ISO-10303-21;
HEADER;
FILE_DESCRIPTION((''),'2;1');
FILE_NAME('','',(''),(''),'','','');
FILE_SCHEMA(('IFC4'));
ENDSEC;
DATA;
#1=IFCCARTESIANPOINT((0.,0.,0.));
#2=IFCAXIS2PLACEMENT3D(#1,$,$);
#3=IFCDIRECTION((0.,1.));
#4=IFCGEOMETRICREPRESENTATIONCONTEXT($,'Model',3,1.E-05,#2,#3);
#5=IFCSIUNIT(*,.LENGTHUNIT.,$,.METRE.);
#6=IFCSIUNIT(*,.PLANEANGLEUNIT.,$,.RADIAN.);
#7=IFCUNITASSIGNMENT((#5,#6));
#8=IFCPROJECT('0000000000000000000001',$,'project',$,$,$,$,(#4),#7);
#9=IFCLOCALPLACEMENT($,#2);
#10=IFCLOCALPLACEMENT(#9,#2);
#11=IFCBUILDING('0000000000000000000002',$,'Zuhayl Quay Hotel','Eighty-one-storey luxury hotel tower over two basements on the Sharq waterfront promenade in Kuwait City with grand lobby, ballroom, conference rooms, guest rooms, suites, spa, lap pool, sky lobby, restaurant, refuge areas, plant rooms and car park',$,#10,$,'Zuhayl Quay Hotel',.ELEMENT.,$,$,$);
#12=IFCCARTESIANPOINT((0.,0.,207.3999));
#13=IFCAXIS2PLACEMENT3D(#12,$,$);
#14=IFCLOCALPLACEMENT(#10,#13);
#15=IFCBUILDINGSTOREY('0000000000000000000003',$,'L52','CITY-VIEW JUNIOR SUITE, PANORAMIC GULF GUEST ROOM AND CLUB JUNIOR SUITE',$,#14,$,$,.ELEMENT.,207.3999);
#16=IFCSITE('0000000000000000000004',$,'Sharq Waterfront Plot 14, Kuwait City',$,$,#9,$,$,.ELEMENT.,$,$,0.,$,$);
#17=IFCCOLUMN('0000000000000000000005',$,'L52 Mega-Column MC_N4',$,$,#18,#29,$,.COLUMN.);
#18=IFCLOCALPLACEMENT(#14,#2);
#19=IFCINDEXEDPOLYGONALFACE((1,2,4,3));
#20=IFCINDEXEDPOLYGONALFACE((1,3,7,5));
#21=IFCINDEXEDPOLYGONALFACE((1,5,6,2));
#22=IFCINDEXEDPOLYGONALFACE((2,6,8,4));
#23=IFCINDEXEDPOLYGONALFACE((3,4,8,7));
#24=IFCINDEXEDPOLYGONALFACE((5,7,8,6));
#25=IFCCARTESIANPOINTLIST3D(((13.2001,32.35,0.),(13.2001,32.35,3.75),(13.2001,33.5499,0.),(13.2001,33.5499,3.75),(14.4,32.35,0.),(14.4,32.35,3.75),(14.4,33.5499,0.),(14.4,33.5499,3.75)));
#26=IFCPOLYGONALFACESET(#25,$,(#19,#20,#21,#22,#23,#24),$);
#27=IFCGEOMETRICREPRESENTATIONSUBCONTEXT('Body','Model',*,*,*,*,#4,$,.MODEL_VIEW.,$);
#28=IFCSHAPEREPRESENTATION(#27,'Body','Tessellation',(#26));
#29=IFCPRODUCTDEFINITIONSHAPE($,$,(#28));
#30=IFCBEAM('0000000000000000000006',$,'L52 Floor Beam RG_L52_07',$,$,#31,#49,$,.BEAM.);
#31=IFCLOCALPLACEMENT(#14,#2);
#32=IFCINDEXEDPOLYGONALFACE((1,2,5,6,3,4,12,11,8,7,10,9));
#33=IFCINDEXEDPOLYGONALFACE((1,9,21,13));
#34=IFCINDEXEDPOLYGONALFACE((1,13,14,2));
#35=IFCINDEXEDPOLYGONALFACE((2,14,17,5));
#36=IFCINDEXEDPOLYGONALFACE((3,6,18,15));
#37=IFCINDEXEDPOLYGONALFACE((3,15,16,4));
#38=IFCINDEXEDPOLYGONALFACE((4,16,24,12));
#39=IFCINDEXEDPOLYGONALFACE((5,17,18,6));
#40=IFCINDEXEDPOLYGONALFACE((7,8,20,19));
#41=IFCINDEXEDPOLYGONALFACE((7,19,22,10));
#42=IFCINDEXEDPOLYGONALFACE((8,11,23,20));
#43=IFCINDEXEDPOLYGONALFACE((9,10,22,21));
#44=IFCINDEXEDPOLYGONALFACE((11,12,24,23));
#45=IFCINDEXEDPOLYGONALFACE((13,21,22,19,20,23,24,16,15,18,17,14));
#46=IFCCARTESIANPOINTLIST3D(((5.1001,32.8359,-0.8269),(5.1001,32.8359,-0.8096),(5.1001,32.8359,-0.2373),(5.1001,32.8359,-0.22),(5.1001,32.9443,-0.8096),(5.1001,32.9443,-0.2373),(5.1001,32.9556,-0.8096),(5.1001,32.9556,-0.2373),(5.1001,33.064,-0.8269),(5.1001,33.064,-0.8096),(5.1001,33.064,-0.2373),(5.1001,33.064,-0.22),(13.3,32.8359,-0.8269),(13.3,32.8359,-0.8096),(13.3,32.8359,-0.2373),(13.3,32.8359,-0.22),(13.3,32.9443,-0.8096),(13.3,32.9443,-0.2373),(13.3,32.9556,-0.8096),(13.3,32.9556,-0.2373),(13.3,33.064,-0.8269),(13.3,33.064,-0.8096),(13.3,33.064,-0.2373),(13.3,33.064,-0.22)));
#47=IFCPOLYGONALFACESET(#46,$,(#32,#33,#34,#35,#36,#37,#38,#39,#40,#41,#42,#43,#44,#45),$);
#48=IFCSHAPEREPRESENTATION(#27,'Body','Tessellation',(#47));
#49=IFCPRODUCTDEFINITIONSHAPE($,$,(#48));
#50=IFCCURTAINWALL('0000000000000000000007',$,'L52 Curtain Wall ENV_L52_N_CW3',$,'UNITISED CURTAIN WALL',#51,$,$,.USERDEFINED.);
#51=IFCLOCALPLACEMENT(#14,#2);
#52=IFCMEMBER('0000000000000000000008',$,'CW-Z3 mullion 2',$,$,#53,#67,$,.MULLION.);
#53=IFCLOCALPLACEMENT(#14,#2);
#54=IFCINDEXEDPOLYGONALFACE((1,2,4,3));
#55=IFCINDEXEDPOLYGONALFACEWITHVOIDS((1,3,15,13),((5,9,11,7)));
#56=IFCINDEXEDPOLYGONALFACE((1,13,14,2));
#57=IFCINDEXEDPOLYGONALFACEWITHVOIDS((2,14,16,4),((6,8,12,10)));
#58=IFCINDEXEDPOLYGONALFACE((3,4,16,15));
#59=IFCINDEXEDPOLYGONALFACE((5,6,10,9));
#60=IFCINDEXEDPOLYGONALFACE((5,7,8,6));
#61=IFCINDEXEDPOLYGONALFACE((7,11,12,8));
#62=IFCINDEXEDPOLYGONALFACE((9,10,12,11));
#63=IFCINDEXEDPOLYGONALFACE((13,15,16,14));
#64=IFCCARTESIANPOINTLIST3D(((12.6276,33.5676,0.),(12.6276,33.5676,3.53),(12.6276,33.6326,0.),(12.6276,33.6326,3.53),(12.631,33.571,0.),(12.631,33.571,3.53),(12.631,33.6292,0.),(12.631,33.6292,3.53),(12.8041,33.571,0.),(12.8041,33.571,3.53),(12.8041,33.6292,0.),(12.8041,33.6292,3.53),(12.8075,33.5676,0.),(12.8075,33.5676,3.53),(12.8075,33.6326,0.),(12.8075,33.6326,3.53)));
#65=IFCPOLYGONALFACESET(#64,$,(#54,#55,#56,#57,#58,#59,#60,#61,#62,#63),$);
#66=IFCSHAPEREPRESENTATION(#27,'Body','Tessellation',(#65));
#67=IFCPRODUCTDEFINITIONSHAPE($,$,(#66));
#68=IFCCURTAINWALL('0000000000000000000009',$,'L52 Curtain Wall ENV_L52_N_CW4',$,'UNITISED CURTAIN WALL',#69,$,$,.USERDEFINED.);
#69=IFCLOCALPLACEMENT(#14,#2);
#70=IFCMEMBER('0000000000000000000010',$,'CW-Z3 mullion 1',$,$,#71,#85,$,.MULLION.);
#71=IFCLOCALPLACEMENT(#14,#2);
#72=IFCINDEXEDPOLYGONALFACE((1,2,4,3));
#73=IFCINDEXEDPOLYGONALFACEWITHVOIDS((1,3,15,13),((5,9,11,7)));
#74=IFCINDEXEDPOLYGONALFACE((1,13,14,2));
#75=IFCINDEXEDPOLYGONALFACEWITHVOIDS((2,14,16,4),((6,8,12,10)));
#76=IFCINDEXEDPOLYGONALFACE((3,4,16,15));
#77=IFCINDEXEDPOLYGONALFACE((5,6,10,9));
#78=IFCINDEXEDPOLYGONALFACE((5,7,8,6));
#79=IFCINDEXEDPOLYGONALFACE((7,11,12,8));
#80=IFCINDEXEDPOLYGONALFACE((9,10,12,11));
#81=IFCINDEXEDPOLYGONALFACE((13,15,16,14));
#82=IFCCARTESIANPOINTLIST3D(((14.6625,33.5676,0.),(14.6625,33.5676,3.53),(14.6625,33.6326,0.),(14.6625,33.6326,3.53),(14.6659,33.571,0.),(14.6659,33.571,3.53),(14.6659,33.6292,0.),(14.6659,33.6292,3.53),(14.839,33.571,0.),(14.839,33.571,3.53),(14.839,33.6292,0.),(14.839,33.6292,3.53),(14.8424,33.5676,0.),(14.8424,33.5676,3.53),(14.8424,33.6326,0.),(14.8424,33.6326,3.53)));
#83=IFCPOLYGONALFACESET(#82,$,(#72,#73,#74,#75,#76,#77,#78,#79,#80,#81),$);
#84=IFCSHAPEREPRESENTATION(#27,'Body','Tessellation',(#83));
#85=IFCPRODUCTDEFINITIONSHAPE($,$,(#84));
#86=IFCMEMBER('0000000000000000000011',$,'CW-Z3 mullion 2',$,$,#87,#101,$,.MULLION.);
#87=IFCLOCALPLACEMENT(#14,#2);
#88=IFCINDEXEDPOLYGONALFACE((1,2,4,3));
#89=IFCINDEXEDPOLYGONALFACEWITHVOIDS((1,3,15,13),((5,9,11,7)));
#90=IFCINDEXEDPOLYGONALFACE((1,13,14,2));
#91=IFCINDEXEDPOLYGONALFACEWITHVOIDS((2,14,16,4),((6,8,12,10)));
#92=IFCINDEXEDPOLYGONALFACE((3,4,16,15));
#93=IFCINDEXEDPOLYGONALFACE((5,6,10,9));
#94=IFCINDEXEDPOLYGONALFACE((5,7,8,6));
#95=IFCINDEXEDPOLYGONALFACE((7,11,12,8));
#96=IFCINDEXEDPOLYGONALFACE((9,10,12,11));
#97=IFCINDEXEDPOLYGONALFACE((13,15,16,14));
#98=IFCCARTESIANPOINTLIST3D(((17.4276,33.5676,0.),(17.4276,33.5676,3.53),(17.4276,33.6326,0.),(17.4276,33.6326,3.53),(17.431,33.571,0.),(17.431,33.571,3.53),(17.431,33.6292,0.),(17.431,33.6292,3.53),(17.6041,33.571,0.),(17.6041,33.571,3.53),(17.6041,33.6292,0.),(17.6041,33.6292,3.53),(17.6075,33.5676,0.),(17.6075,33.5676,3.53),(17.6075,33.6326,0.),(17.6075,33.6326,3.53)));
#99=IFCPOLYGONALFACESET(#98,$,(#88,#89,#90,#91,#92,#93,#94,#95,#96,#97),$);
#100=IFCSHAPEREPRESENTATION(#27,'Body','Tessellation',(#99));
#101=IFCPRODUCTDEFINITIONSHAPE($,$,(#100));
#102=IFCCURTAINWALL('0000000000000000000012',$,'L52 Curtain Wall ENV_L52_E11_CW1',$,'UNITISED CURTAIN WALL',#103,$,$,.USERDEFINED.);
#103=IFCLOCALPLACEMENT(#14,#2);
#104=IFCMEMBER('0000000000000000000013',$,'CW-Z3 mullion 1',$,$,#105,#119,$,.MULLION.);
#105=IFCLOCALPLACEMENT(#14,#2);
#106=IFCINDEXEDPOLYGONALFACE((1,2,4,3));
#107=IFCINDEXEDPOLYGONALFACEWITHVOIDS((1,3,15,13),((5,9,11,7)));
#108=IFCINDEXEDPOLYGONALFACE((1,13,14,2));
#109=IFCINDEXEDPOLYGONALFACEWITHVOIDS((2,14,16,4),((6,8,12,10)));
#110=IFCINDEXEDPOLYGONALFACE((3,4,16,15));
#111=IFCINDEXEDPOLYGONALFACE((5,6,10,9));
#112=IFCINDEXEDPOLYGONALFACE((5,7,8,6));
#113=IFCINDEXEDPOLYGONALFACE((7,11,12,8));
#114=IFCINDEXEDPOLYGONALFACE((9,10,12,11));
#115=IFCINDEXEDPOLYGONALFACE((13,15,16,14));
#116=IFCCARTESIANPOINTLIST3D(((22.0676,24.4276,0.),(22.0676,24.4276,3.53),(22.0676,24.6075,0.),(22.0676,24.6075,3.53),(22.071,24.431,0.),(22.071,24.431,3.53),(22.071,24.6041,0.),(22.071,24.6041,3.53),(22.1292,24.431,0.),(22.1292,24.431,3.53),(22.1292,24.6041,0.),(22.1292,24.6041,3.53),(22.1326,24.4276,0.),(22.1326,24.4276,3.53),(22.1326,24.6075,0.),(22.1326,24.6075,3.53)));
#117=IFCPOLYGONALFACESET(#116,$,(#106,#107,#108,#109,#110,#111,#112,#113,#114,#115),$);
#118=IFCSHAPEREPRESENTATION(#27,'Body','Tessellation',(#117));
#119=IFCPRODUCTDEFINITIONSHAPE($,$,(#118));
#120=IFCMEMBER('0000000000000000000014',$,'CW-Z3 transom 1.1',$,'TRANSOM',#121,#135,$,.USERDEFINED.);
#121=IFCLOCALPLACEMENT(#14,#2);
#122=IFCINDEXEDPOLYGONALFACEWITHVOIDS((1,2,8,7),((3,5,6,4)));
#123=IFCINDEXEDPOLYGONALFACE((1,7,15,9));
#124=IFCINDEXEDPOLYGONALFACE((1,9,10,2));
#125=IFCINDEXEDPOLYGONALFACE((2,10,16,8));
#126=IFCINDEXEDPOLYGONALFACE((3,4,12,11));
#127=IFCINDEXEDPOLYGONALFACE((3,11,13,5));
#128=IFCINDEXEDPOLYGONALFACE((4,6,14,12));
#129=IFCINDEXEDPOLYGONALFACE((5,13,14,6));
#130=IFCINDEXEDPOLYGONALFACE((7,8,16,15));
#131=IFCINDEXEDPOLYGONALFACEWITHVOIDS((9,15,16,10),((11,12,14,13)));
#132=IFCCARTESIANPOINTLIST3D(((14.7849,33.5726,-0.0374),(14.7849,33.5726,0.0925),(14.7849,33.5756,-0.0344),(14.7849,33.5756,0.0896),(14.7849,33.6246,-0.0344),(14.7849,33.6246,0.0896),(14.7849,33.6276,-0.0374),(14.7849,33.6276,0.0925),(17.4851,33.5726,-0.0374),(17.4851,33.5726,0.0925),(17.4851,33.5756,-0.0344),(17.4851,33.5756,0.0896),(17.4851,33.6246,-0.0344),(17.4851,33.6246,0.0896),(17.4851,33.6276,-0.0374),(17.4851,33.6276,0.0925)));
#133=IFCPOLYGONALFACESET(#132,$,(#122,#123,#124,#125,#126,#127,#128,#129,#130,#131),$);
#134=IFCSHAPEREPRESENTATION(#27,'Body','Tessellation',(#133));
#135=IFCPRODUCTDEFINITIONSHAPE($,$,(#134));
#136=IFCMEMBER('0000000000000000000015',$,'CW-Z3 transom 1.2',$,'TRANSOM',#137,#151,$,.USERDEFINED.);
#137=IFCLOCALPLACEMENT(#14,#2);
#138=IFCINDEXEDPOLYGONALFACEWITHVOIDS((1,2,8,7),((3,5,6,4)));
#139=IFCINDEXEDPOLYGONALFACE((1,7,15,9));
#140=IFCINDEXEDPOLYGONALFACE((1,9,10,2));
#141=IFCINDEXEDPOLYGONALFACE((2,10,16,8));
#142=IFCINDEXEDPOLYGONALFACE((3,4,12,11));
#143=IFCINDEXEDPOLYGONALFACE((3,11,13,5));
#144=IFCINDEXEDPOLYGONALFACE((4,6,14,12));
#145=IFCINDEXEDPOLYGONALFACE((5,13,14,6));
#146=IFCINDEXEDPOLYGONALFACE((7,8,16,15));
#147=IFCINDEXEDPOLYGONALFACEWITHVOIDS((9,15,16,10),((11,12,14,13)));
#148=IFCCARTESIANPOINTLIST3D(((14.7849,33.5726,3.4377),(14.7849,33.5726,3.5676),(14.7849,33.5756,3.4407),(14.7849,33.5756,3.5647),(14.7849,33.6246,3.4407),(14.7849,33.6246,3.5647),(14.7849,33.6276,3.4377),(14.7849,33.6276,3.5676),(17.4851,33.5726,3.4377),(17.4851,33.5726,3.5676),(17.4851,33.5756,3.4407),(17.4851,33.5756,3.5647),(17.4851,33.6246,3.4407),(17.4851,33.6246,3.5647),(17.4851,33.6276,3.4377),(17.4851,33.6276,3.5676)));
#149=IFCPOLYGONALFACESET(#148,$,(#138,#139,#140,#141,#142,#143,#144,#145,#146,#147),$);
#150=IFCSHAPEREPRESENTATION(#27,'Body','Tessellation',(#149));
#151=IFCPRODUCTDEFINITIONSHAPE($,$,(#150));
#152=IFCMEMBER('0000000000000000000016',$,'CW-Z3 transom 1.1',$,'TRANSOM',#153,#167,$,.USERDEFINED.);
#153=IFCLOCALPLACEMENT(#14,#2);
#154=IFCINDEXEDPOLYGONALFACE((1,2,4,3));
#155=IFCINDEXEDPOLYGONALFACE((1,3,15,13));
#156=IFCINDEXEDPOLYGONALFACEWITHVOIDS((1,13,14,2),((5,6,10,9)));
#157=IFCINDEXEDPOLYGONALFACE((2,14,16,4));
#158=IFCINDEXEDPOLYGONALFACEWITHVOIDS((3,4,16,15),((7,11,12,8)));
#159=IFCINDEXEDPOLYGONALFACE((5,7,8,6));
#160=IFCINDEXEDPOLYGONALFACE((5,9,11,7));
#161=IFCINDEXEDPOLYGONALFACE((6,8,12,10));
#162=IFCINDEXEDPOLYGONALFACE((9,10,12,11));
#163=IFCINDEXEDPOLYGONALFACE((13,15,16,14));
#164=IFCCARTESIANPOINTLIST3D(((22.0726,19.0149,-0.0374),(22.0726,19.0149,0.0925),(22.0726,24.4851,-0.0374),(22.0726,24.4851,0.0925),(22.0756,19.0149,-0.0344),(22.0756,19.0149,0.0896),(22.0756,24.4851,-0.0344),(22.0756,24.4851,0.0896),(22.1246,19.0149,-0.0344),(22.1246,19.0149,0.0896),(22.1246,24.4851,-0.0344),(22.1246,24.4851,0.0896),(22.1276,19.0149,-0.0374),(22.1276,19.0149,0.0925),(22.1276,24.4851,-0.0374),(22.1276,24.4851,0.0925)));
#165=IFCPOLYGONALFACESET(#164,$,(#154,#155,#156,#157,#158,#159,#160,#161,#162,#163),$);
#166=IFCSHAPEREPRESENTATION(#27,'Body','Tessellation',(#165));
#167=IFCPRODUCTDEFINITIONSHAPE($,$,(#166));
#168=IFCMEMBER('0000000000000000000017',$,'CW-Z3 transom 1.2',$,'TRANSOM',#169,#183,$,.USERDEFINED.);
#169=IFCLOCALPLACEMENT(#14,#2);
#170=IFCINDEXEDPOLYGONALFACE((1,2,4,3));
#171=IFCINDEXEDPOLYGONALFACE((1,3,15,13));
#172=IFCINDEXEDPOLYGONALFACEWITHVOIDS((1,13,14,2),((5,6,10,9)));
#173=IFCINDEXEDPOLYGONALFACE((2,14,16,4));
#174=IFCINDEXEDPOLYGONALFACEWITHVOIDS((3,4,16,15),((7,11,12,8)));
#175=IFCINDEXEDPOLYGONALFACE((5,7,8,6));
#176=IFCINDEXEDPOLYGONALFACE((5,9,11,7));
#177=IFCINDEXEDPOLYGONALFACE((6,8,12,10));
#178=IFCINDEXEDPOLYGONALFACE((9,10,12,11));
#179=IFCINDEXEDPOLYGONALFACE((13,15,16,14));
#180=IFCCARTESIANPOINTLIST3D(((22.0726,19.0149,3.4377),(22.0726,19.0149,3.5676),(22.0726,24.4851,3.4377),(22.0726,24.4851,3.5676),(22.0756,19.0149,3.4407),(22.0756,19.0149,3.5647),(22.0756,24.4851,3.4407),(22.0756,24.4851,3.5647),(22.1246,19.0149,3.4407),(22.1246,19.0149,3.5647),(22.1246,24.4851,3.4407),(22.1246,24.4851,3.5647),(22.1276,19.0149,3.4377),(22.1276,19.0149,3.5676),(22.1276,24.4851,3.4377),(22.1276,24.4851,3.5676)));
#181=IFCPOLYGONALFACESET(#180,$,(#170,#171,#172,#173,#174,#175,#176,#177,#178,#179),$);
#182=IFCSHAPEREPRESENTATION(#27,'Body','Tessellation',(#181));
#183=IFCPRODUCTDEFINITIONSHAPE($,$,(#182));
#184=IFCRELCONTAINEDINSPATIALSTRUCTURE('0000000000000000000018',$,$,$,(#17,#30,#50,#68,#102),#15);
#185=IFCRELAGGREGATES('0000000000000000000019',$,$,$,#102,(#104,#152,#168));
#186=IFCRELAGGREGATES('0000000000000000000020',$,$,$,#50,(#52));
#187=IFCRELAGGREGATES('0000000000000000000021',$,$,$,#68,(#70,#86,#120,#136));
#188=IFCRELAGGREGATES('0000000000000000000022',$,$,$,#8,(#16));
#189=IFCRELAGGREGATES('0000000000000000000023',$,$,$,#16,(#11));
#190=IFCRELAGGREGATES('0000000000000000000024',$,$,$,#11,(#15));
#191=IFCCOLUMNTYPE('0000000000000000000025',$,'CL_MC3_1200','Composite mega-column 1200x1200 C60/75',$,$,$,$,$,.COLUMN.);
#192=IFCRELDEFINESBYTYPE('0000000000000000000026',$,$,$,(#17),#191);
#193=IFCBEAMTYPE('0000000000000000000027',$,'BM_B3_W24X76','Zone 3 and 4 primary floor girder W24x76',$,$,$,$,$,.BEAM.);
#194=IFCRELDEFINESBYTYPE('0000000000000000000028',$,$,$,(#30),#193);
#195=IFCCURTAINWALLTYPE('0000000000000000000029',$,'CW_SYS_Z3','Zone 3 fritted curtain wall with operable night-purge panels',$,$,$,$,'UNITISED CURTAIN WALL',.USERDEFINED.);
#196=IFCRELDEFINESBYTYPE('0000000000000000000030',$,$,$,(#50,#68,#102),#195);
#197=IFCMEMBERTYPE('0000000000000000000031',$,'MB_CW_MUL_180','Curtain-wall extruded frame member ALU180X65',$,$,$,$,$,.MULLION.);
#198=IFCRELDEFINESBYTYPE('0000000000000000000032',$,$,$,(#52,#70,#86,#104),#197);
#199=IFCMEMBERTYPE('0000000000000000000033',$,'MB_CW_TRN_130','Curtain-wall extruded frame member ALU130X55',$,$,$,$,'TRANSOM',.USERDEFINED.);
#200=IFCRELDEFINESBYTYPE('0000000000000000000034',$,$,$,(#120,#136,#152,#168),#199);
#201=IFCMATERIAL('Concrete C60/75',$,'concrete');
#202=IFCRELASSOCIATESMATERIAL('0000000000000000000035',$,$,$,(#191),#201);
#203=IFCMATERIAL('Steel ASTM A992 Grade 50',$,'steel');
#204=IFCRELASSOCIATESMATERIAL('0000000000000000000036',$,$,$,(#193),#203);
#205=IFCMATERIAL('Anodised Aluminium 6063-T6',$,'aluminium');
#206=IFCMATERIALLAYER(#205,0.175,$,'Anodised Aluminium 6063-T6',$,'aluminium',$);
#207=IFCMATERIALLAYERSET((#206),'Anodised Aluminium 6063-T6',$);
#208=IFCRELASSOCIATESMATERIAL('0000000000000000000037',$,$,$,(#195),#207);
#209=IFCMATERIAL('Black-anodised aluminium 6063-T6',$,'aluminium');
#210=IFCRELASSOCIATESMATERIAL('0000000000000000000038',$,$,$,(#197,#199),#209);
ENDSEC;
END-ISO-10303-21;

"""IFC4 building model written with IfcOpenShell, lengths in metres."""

from ifc_helpers import new_model, si_unit, direction, frame, origin, origin_2d, place, context, subcontext, project, spatial, rectangle, hollow_rectangle, i_section, extrude, material, layer, layer_set, material_profile, profile_set, type_object, element, aggregate, save


model = new_model("IFC4")

# Units and contexts
model_context = context("Model", 3, precision=1e-05, world=origin(), true_north=direction((0.0, 1.0)))
body_context = subcontext(model_context, "Body", "Model", "MODEL_VIEW")
ifc_project = project(units=[si_unit("LENGTHUNIT", "METRE"), si_unit("PLANEANGLEUNIT", "RADIAN")], contexts=[model_context])

# Site, building, storey
site_placement = place(None, origin())
site = spatial("IfcSite", under=ifc_project, at=site_placement, Name="Sharq Waterfront Plot 14, Kuwait City", CompositionType="ELEMENT", RefElevation=0.0)
building_placement = place(site_placement, origin())
building = spatial("IfcBuilding", under=site, at=building_placement, Name="Zuhayl Quay Hotel", Description="Eighty-one-storey luxury hotel tower over two basements on the Sharq waterfront promenade in Kuwait City with grand lobby, ballroom, conference rooms, guest rooms, suites, spa, lap pool, sky lobby, restaurant, refuge areas, plant rooms and car park", LongName="Zuhayl Quay Hotel", CompositionType="ELEMENT")
storey_placement = place(building_placement, frame((0.0, 0.0, 207.3999)))
storey = spatial("IfcBuildingStorey", under=building, at=storey_placement, Name="L52", Description="CITY-VIEW JUNIOR SUITE, PANORAMIC GULF GUEST ROOM AND CLUB JUNIOR SUITE", CompositionType="ELEMENT", Elevation=207.3999)

# Column
ifc_material_1 = material(Name="Concrete C60/75", Category="concrete")
ifc_material_profile_1 = material_profile(ifc_material_1, rectangle(XDim=1.2, YDim=1.2, at=origin_2d()), Name="RC1200X1200")
ifc_profile_set_1 = profile_set([ifc_material_profile_1], Name="Concrete C60/75")
column_type = type_object("IfcColumnType", Name="CL_MC3_1200", Description="Composite mega-column 1200x1200 C60/75", PredefinedType="COLUMN", material=ifc_profile_set_1)
column_placement = place(storey_placement, frame((13.8, 32.95, 0.0), z_axis=(0.0, 0.0, 1.0), x_axis=(1.0, 0.0, 0.0)))
element("IfcColumn", 1, at=column_placement, inside=storey, type_object=column_type, Name="L52 Mega-Column MC_N4", PredefinedType="COLUMN", context=body_context, shape_type="SweptSolid", body=[
    extrude(rectangle(XDim=1.2, YDim=1.2, at=origin_2d()), origin(), (0.0, 0.0, 1.0), 3.75),
])

# Beam
ifc_material_2 = material(Name="Steel ASTM A992 Grade 50", Category="steel")
ifc_material_profile_2 = material_profile(ifc_material_2, i_section(OverallWidth=0.228, OverallDepth=0.6069, WebThickness=0.0112, FlangeThickness=0.0173, at=origin_2d()), Name="W24X76")
ifc_profile_set_2 = profile_set([ifc_material_profile_2], Name="Steel ASTM A992 Grade 50")
beam_type = type_object("IfcBeamType", Name="BM_B3_W24X76", Description="Zone 3 and 4 primary floor girder W24x76", PredefinedType="BEAM", material=ifc_profile_set_2)
beam_placement = place(storey_placement, frame((13.3, 32.95, -0.5234), z_axis=(-1.0, 0.0, 0.0), x_axis=(0.0, -1.0, 0.0)))
element("IfcBeam", 2, at=beam_placement, inside=storey, type_object=beam_type, Name="L52 Floor Beam RG_L52_07", PredefinedType="BEAM", context=body_context, shape_type="SweptSolid", body=[
    extrude(i_section(OverallWidth=0.228, OverallDepth=0.6069, WebThickness=0.0112, FlangeThickness=0.0173, at=origin_2d()), origin(), (0.0, 0.0, 1.0), 8.2),
])

# Curtain wall, member
ifc_material_3 = material(Name="Anodised Aluminium 6063-T6", Category="aluminium")
ifc_layer_1 = layer(ifc_material_3, 0.175, Name="Anodised Aluminium 6063-T6", Category="aluminium")
ifc_layer_set_1 = layer_set([ifc_layer_1], Name="Anodised Aluminium 6063-T6")
curtain_wall_type = type_object("IfcCurtainWallType", Name="CW_SYS_Z3", Description="Zone 3 fritted curtain wall with operable night-purge panels", ElementType="UNITISED CURTAIN WALL", PredefinedType="USERDEFINED", material=ifc_layer_set_1)
curtain_wall_1_placement = place(storey_placement, origin())
curtain_wall_1 = element("IfcCurtainWall", 3, at=curtain_wall_1_placement, inside=storey, type_object=curtain_wall_type, Name="L52 Curtain Wall ENV_L52_N_CW3", ObjectType="UNITISED CURTAIN WALL", PredefinedType="USERDEFINED")
ifc_material_4 = material(Name="Black-anodised aluminium 6063-T6", Category="aluminium")
ifc_material_profile_3 = material_profile(ifc_material_4, hollow_rectangle(XDim=0.0649, YDim=0.1799, WallThickness=0.0034, at=origin_2d()), Name="ALU180X65")
ifc_profile_set_3 = profile_set([ifc_material_profile_3], Name="Black-anodised aluminium 6063-T6")
member_type_1 = type_object("IfcMemberType", Name="MB_CW_MUL_180", Description="Curtain-wall extruded frame member ALU180X65", PredefinedType="MULLION", material=ifc_profile_set_3)
member_1_placement = place(storey_placement, frame((12.7175, 33.6001, 0.0), z_axis=(0.0, 0.0, 1.0), x_axis=(0.0, 1.0, 0.0)))
member_1 = element("IfcMember", 4, at=member_1_placement, type_object=member_type_1, Name="CW-Z3 mullion 2", PredefinedType="MULLION", context=body_context, shape_type="SweptSolid", body=[
    extrude(hollow_rectangle(XDim=0.0649, YDim=0.1799, WallThickness=0.0034, at=origin_2d()), origin(), (0.0, 0.0, 1.0), 3.53),
])

# Curtain wall, members
curtain_wall_2_placement = place(storey_placement, origin())
curtain_wall_2 = element("IfcCurtainWall", 5, at=curtain_wall_2_placement, inside=storey, type_object=curtain_wall_type, Name="L52 Curtain Wall ENV_L52_N_CW4", ObjectType="UNITISED CURTAIN WALL", PredefinedType="USERDEFINED")
member_2_placement = place(storey_placement, frame((14.7524, 33.6001, 0.0), z_axis=(0.0, 0.0, 1.0), x_axis=(0.0, 1.0, 0.0)))
member_2 = element("IfcMember", 6, at=member_2_placement, type_object=member_type_1, Name="CW-Z3 mullion 1", PredefinedType="MULLION", context=body_context, shape_type="SweptSolid", body=[
    extrude(hollow_rectangle(XDim=0.0649, YDim=0.1799, WallThickness=0.0034, at=origin_2d()), origin(), (0.0, 0.0, 1.0), 3.53),
])
member_3_placement = place(storey_placement, frame((17.5176, 33.6001, 0.0), z_axis=(0.0, 0.0, 1.0), x_axis=(0.0, 1.0, 0.0)))
member_3 = element("IfcMember", 7, at=member_3_placement, type_object=member_type_1, Name="CW-Z3 mullion 2", PredefinedType="MULLION", context=body_context, shape_type="SweptSolid", body=[
    extrude(hollow_rectangle(XDim=0.0649, YDim=0.1799, WallThickness=0.0034, at=origin_2d()), origin(), (0.0, 0.0, 1.0), 3.53),
])

# Curtain wall, member
curtain_wall_3_placement = place(storey_placement, origin())
curtain_wall_3 = element("IfcCurtainWall", 8, at=curtain_wall_3_placement, inside=storey, type_object=curtain_wall_type, Name="L52 Curtain Wall ENV_L52_E11_CW1", ObjectType="UNITISED CURTAIN WALL", PredefinedType="USERDEFINED")
member_4_placement = place(storey_placement, frame((22.1001, 24.5176, 0.0), z_axis=(0.0, 0.0, 1.0), x_axis=(1.0, 0.0, 0.0)))
member_4 = element("IfcMember", 9, at=member_4_placement, type_object=member_type_1, Name="CW-Z3 mullion 1", PredefinedType="MULLION", context=body_context, shape_type="SweptSolid", body=[
    extrude(hollow_rectangle(XDim=0.0649, YDim=0.1799, WallThickness=0.0034, at=origin_2d()), origin(), (0.0, 0.0, 1.0), 3.53),
])

# Members
ifc_material_profile_4 = material_profile(ifc_material_4, hollow_rectangle(XDim=0.0549, YDim=0.1299, WallThickness=0.0029, at=origin_2d()), Name="ALU130X55")
ifc_profile_set_4 = profile_set([ifc_material_profile_4], Name="Black-anodised aluminium 6063-T6")
member_type_2 = type_object("IfcMemberType", Name="MB_CW_TRN_130", Description="Curtain-wall extruded frame member ALU130X55", ElementType="TRANSOM", PredefinedType="USERDEFINED", material=ifc_profile_set_4)
member_5_placement = place(storey_placement, frame((14.7849, 33.6001, 0.0276), z_axis=(1.0, 0.0, 0.0), x_axis=(0.0, 1.0, 0.0)))
member_5 = element("IfcMember", 10, at=member_5_placement, type_object=member_type_2, Name="CW-Z3 transom 1.1", ObjectType="TRANSOM", PredefinedType="USERDEFINED", context=body_context, shape_type="SweptSolid", body=[
    extrude(hollow_rectangle(XDim=0.0549, YDim=0.1299, WallThickness=0.0029, at=origin_2d()), origin(), (0.0, 0.0, 1.0), 2.7002),
])
member_6_placement = place(storey_placement, frame((14.7849, 33.6001, 3.5027), z_axis=(1.0, 0.0, 0.0), x_axis=(0.0, 1.0, 0.0)))
member_6 = element("IfcMember", 11, at=member_6_placement, type_object=member_type_2, Name="CW-Z3 transom 1.2", ObjectType="TRANSOM", PredefinedType="USERDEFINED", context=body_context, shape_type="SweptSolid", body=[
    extrude(hollow_rectangle(XDim=0.0549, YDim=0.1299, WallThickness=0.0029, at=origin_2d()), origin(), (0.0, 0.0, 1.0), 2.7002),
])
member_7_placement = place(storey_placement, frame((22.1001, 24.4851, 0.0276), z_axis=(0.0, -1.0, 0.0), x_axis=(1.0, 0.0, 0.0)))
member_7 = element("IfcMember", 12, at=member_7_placement, type_object=member_type_2, Name="CW-Z3 transom 1.1", ObjectType="TRANSOM", PredefinedType="USERDEFINED", context=body_context, shape_type="SweptSolid", body=[
    extrude(hollow_rectangle(XDim=0.0549, YDim=0.1299, WallThickness=0.0029, at=origin_2d()), origin(), (0.0, 0.0, 1.0), 5.4702),
])
member_8_placement = place(storey_placement, frame((22.1001, 24.4851, 3.5027), z_axis=(0.0, -1.0, 0.0), x_axis=(1.0, 0.0, 0.0)))
member_8 = element("IfcMember", 13, at=member_8_placement, type_object=member_type_2, Name="CW-Z3 transom 1.2", ObjectType="TRANSOM", PredefinedType="USERDEFINED", context=body_context, shape_type="SweptSolid", body=[
    extrude(hollow_rectangle(XDim=0.0549, YDim=0.1299, WallThickness=0.0029, at=origin_2d()), origin(), (0.0, 0.0, 1.0), 5.4702),
])
aggregate(curtain_wall_3, [member_4, member_7, member_8])

aggregate(curtain_wall_1, [member_1])
aggregate(curtain_wall_2, [member_2, member_3, member_5, member_6])

save(model, "model.ifc")
